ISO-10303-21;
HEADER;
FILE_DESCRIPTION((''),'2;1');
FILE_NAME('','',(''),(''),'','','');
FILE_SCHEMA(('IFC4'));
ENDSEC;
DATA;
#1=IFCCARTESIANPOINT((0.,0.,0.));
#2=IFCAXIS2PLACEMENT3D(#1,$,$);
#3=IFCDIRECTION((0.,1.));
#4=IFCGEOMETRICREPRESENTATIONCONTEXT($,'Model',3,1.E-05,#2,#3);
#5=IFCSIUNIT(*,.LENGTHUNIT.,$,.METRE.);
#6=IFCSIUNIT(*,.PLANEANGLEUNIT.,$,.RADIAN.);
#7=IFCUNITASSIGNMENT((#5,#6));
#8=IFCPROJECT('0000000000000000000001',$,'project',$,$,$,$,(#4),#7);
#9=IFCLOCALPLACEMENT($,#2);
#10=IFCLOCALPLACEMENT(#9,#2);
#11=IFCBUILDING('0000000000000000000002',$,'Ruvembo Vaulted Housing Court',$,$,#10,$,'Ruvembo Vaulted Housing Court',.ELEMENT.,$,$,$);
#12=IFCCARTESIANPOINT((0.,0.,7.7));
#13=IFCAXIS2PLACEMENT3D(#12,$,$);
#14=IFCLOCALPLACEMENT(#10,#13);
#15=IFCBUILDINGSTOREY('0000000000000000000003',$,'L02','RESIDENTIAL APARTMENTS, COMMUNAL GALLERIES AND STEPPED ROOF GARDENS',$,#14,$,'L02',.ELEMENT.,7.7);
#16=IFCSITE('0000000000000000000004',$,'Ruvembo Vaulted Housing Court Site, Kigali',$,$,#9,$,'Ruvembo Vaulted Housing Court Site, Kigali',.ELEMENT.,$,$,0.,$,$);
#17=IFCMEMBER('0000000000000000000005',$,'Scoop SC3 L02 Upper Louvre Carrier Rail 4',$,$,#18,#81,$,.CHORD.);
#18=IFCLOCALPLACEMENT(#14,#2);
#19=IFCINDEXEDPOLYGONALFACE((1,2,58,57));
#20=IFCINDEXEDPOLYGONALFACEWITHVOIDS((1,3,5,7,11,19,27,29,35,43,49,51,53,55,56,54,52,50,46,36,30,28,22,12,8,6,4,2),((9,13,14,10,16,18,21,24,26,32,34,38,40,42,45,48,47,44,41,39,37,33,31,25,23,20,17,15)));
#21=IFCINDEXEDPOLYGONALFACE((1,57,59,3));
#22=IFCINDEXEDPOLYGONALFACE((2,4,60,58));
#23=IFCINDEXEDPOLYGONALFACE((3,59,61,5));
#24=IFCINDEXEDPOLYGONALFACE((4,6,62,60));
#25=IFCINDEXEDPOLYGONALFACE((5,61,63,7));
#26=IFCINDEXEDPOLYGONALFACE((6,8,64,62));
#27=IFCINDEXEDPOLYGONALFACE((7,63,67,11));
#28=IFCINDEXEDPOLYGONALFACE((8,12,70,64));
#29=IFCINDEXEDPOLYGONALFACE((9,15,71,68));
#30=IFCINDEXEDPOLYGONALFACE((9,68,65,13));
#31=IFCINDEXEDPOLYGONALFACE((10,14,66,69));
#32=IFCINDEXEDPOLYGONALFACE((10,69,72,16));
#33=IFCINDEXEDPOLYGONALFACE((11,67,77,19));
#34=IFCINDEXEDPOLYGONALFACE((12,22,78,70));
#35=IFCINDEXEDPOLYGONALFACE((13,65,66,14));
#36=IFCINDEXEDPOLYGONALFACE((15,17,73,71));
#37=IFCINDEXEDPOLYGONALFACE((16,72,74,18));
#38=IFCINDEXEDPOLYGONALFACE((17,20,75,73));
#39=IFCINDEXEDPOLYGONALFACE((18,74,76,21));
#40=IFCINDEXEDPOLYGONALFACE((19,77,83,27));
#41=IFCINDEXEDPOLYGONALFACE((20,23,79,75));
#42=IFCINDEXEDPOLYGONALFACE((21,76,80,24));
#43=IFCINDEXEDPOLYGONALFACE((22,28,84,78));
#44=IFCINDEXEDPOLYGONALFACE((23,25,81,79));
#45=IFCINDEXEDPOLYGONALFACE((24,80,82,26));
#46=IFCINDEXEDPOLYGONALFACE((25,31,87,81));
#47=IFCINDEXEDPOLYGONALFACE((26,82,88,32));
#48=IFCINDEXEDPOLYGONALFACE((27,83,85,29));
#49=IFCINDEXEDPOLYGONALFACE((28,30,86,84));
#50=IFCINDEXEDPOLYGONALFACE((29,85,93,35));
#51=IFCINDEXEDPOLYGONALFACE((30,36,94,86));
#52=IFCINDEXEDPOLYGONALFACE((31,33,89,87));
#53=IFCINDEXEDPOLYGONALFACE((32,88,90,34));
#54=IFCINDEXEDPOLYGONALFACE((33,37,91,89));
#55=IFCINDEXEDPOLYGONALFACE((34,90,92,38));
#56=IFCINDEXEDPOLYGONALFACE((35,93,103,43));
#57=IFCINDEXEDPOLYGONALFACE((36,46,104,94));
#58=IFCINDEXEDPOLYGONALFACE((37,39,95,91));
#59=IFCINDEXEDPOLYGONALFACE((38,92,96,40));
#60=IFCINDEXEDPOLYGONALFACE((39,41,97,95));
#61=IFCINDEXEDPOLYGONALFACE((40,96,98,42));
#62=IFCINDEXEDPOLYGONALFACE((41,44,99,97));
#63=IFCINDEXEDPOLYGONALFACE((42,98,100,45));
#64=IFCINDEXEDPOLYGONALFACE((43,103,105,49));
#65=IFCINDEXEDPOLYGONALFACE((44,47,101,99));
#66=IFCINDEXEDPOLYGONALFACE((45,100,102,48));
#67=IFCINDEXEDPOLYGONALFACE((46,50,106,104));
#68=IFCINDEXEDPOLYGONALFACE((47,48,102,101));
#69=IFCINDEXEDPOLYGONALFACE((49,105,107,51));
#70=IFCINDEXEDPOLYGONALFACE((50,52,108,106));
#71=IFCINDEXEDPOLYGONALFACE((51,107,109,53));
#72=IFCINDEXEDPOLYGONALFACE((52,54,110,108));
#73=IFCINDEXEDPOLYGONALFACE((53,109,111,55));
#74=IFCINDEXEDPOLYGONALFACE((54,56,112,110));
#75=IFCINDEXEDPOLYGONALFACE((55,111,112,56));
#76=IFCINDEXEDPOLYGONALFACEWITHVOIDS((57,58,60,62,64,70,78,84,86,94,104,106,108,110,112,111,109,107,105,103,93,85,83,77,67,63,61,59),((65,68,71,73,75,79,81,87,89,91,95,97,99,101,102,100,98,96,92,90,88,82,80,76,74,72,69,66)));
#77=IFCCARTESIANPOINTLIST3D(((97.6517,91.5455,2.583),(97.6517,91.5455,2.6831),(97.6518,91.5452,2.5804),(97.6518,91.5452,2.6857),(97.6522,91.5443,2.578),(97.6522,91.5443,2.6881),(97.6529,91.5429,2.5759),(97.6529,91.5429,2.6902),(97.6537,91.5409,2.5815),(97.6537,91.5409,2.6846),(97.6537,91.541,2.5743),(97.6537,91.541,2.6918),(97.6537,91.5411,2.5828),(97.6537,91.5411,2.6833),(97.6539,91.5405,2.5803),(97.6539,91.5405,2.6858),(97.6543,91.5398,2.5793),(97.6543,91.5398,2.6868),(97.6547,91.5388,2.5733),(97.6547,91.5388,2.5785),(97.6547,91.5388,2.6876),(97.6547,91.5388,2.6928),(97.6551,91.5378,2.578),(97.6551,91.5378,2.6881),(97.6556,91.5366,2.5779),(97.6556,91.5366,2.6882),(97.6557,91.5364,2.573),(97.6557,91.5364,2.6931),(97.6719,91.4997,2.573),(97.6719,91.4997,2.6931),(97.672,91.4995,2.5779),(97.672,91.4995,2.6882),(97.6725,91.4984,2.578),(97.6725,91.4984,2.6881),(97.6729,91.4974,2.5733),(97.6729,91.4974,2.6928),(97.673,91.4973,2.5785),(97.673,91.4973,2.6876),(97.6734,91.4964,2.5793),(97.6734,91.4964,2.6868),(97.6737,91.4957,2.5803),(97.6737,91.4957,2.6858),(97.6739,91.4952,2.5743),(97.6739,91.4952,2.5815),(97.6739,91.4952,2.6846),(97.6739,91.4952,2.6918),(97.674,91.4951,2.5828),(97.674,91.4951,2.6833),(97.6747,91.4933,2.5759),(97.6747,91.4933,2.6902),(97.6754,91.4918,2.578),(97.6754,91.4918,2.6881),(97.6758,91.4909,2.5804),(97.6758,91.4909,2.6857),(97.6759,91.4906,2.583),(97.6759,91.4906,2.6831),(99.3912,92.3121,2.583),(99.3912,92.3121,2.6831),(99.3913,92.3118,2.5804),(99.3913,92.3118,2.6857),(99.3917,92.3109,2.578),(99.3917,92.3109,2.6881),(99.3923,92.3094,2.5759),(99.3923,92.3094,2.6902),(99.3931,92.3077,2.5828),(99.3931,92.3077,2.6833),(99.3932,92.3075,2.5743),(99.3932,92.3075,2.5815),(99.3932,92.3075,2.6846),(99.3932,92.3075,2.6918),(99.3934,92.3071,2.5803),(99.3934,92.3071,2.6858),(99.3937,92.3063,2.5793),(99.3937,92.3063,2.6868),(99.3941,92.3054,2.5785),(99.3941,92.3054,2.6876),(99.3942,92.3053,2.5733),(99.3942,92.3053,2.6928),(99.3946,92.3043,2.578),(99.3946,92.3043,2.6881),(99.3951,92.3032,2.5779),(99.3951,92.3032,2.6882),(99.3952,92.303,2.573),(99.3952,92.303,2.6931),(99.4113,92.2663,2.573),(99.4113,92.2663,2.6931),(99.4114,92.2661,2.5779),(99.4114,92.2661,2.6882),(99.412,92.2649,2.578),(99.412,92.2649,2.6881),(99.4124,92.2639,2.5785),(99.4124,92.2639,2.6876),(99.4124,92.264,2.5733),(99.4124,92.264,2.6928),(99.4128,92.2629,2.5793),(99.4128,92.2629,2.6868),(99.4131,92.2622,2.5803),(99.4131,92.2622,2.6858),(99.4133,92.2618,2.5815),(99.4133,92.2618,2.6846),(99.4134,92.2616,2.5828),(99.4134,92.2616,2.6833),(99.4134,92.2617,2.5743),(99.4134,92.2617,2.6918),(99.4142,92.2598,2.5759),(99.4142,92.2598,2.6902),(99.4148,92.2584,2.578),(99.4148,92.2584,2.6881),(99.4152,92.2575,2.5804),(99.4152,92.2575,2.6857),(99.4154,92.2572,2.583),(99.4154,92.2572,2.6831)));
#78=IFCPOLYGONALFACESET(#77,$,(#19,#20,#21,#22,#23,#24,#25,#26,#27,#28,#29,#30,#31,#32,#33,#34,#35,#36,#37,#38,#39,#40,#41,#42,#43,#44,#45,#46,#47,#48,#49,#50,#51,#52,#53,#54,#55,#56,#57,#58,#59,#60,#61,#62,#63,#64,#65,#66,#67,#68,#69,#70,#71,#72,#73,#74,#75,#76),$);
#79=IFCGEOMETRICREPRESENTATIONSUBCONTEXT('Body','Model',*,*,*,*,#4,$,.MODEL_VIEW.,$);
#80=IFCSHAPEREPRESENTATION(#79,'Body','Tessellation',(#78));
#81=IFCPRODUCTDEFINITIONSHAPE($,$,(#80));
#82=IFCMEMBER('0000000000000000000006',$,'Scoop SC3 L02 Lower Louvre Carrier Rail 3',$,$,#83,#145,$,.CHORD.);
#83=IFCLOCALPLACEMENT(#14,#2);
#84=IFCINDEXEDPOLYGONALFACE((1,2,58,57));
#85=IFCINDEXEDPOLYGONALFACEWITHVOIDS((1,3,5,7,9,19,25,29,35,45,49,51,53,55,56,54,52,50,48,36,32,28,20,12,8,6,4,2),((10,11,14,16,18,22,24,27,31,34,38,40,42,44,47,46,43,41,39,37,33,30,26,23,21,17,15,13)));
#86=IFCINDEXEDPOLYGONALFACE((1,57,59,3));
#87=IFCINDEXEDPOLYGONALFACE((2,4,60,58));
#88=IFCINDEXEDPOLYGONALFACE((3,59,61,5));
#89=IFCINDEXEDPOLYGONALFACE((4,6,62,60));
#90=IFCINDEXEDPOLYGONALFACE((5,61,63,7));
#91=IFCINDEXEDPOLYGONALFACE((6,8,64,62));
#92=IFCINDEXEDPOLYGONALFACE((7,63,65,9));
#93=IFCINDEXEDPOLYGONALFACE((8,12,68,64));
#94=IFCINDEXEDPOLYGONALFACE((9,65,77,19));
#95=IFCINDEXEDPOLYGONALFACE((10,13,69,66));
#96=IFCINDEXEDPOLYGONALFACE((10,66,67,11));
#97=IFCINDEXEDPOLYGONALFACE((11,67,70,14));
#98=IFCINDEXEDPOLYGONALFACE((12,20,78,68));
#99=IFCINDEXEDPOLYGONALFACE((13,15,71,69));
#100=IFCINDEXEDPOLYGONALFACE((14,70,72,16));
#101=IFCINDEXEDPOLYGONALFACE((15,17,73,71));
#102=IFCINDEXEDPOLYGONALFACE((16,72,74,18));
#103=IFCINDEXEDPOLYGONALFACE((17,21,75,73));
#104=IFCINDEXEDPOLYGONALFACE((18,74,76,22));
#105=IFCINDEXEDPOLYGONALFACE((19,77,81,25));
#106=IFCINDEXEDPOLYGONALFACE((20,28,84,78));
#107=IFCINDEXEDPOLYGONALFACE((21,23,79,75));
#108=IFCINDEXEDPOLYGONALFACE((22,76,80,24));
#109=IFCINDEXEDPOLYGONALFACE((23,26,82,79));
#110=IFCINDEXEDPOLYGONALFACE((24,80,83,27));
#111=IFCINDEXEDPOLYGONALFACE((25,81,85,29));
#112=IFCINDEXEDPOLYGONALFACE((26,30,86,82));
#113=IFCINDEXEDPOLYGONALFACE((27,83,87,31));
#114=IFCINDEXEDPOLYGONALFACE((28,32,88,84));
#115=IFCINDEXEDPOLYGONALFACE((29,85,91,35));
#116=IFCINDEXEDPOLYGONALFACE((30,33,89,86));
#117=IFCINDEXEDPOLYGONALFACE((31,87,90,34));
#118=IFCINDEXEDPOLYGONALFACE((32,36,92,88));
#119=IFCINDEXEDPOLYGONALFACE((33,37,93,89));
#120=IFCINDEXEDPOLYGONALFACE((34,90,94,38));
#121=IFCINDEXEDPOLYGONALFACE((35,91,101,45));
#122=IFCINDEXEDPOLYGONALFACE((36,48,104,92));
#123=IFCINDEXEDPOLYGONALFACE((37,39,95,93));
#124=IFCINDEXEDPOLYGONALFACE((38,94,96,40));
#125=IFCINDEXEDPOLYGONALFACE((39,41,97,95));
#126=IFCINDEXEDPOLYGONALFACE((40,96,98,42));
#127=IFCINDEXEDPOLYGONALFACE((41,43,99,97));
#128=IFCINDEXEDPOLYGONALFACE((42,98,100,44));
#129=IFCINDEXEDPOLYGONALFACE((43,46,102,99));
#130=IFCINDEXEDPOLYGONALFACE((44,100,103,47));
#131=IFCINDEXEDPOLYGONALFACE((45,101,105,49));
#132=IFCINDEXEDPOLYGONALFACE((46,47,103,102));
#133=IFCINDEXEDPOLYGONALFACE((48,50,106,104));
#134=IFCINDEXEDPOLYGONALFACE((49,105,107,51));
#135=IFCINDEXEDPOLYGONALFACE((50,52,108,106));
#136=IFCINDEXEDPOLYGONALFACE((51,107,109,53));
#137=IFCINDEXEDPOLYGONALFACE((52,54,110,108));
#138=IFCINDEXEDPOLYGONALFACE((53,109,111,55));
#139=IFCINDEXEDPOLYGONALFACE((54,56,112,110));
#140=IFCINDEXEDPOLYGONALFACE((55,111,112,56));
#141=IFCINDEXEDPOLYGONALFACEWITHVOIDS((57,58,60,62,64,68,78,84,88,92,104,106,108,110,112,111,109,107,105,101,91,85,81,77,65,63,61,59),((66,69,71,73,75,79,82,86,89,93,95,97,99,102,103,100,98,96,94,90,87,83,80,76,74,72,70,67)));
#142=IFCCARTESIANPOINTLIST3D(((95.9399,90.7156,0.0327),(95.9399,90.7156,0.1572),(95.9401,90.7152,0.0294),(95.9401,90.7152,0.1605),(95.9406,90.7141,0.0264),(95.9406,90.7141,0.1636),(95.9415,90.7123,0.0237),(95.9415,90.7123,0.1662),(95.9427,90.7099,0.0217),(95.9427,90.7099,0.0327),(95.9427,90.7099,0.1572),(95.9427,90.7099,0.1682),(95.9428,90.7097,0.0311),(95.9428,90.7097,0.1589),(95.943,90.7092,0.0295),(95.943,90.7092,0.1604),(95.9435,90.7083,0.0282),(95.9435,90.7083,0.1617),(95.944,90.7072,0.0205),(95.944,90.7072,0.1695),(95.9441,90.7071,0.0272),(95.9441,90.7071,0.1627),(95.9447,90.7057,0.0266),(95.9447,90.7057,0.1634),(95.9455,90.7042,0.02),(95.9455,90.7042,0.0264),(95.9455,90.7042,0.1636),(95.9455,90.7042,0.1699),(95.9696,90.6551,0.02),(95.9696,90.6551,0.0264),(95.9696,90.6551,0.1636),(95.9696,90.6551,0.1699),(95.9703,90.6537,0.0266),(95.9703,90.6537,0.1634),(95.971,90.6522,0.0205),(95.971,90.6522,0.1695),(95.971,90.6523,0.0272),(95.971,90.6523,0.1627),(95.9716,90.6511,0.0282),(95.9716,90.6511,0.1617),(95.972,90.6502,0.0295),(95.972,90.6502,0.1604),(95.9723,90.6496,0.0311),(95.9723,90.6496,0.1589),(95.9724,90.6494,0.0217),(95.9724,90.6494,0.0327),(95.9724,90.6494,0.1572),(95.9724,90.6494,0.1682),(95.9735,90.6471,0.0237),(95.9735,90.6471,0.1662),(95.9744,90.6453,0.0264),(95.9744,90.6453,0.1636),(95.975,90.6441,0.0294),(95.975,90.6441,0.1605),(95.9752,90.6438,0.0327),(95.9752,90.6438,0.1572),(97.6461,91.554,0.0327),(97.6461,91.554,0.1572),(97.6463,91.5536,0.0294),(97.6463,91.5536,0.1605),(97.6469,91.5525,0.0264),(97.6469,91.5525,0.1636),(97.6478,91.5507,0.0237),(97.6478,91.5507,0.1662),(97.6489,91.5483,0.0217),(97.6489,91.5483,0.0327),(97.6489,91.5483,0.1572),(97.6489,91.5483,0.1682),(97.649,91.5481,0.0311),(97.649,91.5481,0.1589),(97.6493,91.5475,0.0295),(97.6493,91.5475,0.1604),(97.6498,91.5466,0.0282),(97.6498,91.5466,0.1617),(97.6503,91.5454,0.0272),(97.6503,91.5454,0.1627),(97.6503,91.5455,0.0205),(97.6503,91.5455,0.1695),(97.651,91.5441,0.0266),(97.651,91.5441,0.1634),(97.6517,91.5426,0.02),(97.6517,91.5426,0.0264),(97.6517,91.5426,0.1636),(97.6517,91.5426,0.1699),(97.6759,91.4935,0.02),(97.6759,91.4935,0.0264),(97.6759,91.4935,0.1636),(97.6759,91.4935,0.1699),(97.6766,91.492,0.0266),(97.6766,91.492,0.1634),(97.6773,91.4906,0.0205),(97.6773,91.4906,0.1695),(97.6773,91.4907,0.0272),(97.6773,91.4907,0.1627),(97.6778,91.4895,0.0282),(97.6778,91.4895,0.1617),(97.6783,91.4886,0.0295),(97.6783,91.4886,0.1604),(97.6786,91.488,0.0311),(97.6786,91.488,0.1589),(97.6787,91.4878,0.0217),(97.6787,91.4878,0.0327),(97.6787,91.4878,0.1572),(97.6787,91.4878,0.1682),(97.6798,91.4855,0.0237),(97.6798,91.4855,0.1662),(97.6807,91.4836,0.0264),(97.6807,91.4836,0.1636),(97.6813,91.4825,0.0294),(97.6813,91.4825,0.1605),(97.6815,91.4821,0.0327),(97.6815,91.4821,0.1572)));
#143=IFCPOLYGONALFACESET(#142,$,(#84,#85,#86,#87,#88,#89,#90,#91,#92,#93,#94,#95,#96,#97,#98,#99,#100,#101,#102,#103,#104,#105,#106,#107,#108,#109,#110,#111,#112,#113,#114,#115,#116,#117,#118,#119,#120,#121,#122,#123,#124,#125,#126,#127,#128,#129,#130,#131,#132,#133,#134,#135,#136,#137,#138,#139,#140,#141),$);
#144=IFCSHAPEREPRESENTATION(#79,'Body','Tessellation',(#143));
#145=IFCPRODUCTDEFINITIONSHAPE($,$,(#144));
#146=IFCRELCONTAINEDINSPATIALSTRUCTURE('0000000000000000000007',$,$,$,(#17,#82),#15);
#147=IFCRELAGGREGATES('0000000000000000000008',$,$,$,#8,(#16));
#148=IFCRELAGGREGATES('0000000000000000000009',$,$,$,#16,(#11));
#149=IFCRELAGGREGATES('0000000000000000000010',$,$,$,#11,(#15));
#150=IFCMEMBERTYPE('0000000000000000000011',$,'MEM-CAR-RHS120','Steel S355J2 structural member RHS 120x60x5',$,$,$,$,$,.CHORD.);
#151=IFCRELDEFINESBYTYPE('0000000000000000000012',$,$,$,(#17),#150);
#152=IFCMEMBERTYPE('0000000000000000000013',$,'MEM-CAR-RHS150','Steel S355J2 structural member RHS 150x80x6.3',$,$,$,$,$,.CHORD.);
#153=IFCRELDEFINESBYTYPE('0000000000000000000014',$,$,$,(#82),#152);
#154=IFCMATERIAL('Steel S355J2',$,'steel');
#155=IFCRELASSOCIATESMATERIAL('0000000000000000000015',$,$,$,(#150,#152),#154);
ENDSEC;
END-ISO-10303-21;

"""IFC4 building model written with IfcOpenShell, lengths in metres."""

from ifc_helpers import new_model, si_unit, direction, frame, origin, origin_2d, place, context, subcontext, project, spatial, hollow_rectangle, extrude, material, material_profile, profile_set, type_object, element, save


model = new_model("IFC4")

# Units and contexts
model_context = context("Model", 3, precision=1e-05, world=origin(), true_north=direction((0.0, 1.0)))
body_context = subcontext(model_context, "Body", "Model", "MODEL_VIEW")
ifc_project = project(units=[si_unit("LENGTHUNIT", "METRE"), si_unit("PLANEANGLEUNIT", "RADIAN")], contexts=[model_context])

# Site, building, storey
site_placement = place(None, origin())
site = spatial("IfcSite", under=ifc_project, at=site_placement, Name="Ruvembo Vaulted Housing Court Site, Kigali", LongName="Ruvembo Vaulted Housing Court Site, Kigali", CompositionType="ELEMENT", RefElevation=0.0)
building_placement = place(site_placement, origin())
building = spatial("IfcBuilding", under=site, at=building_placement, Name="Ruvembo Vaulted Housing Court", LongName="Ruvembo Vaulted Housing Court", CompositionType="ELEMENT")
storey_placement = place(building_placement, frame((0.0, 0.0, 7.7)))
storey = spatial("IfcBuildingStorey", under=building, at=storey_placement, Name="L02", Description="RESIDENTIAL APARTMENTS, COMMUNAL GALLERIES AND STEPPED ROOF GARDENS", LongName="L02", CompositionType="ELEMENT", Elevation=7.7)

# Shared definitions
ifc_material_1 = material(Name="Steel S355J2", Category="steel")

# Members
ifc_material_profile_1 = material_profile(ifc_material_1, hollow_rectangle(XDim=0.0601, YDim=0.1201, WallThickness=0.0049, InnerFilletRadius=0.0049, OuterFilletRadius=0.01, at=origin_2d()), Name="RHS 120x60x5")
ifc_profile_set_1 = profile_set([ifc_material_profile_1], Name="Steel S355J2")
member_type_1 = type_object("IfcMemberType", Name="MEM-CAR-RHS120", Description="Steel S355J2 structural member RHS 120x60x5", PredefinedType="CHORD", material=ifc_profile_set_1)
member_1_placement = place(storey_placement, frame((97.6638, 91.5181, 2.6331), z_axis=(0.915078, 0.403277, 0.0), x_axis=(-0.403277, 0.915078, 0.0)))
element("IfcMember", 1, at=member_1_placement, inside=storey, type_object=member_type_1, Name="Scoop SC3 L02 Upper Louvre Carrier Rail 4", PredefinedType="CHORD", context=body_context, shape_type="SweptSolid", body=[
    extrude(hollow_rectangle(XDim=0.0601, YDim=0.1201, WallThickness=0.0049, InnerFilletRadius=0.0049, OuterFilletRadius=0.01, at=origin_2d()), origin(), (0.0, 0.0, 1.0), 1.9009),
])
ifc_material_profile_2 = material_profile(ifc_material_1, hollow_rectangle(XDim=0.0801, YDim=0.1499, WallThickness=0.0063, InnerFilletRadius=0.0063, OuterFilletRadius=0.0127, at=origin_2d()), Name="RHS 150x80x6.3")
ifc_profile_set_2 = profile_set([ifc_material_profile_2], Name="Steel S355J2")
member_type_2 = type_object("IfcMemberType", Name="MEM-CAR-RHS150", Description="Steel S355J2 structural member RHS 150x80x6.3", PredefinedType="CHORD", material=ifc_profile_set_2)
member_2_placement = place(storey_placement, frame((95.9575, 90.6797, 0.095), z_axis=(0.897513, 0.440987, 0.0), x_axis=(-0.440987, 0.897513, 0.0)))
element("IfcMember", 2, at=member_2_placement, inside=storey, type_object=member_type_2, Name="Scoop SC3 L02 Lower Louvre Carrier Rail 3", PredefinedType="CHORD", context=body_context, shape_type="SweptSolid", body=[
    extrude(hollow_rectangle(XDim=0.0801, YDim=0.1499, WallThickness=0.0063, InnerFilletRadius=0.0063, OuterFilletRadius=0.0127, at=origin_2d()), origin(), (0.0, 0.0, 1.0), 1.9011),
])

save(model, "model.ifc")
